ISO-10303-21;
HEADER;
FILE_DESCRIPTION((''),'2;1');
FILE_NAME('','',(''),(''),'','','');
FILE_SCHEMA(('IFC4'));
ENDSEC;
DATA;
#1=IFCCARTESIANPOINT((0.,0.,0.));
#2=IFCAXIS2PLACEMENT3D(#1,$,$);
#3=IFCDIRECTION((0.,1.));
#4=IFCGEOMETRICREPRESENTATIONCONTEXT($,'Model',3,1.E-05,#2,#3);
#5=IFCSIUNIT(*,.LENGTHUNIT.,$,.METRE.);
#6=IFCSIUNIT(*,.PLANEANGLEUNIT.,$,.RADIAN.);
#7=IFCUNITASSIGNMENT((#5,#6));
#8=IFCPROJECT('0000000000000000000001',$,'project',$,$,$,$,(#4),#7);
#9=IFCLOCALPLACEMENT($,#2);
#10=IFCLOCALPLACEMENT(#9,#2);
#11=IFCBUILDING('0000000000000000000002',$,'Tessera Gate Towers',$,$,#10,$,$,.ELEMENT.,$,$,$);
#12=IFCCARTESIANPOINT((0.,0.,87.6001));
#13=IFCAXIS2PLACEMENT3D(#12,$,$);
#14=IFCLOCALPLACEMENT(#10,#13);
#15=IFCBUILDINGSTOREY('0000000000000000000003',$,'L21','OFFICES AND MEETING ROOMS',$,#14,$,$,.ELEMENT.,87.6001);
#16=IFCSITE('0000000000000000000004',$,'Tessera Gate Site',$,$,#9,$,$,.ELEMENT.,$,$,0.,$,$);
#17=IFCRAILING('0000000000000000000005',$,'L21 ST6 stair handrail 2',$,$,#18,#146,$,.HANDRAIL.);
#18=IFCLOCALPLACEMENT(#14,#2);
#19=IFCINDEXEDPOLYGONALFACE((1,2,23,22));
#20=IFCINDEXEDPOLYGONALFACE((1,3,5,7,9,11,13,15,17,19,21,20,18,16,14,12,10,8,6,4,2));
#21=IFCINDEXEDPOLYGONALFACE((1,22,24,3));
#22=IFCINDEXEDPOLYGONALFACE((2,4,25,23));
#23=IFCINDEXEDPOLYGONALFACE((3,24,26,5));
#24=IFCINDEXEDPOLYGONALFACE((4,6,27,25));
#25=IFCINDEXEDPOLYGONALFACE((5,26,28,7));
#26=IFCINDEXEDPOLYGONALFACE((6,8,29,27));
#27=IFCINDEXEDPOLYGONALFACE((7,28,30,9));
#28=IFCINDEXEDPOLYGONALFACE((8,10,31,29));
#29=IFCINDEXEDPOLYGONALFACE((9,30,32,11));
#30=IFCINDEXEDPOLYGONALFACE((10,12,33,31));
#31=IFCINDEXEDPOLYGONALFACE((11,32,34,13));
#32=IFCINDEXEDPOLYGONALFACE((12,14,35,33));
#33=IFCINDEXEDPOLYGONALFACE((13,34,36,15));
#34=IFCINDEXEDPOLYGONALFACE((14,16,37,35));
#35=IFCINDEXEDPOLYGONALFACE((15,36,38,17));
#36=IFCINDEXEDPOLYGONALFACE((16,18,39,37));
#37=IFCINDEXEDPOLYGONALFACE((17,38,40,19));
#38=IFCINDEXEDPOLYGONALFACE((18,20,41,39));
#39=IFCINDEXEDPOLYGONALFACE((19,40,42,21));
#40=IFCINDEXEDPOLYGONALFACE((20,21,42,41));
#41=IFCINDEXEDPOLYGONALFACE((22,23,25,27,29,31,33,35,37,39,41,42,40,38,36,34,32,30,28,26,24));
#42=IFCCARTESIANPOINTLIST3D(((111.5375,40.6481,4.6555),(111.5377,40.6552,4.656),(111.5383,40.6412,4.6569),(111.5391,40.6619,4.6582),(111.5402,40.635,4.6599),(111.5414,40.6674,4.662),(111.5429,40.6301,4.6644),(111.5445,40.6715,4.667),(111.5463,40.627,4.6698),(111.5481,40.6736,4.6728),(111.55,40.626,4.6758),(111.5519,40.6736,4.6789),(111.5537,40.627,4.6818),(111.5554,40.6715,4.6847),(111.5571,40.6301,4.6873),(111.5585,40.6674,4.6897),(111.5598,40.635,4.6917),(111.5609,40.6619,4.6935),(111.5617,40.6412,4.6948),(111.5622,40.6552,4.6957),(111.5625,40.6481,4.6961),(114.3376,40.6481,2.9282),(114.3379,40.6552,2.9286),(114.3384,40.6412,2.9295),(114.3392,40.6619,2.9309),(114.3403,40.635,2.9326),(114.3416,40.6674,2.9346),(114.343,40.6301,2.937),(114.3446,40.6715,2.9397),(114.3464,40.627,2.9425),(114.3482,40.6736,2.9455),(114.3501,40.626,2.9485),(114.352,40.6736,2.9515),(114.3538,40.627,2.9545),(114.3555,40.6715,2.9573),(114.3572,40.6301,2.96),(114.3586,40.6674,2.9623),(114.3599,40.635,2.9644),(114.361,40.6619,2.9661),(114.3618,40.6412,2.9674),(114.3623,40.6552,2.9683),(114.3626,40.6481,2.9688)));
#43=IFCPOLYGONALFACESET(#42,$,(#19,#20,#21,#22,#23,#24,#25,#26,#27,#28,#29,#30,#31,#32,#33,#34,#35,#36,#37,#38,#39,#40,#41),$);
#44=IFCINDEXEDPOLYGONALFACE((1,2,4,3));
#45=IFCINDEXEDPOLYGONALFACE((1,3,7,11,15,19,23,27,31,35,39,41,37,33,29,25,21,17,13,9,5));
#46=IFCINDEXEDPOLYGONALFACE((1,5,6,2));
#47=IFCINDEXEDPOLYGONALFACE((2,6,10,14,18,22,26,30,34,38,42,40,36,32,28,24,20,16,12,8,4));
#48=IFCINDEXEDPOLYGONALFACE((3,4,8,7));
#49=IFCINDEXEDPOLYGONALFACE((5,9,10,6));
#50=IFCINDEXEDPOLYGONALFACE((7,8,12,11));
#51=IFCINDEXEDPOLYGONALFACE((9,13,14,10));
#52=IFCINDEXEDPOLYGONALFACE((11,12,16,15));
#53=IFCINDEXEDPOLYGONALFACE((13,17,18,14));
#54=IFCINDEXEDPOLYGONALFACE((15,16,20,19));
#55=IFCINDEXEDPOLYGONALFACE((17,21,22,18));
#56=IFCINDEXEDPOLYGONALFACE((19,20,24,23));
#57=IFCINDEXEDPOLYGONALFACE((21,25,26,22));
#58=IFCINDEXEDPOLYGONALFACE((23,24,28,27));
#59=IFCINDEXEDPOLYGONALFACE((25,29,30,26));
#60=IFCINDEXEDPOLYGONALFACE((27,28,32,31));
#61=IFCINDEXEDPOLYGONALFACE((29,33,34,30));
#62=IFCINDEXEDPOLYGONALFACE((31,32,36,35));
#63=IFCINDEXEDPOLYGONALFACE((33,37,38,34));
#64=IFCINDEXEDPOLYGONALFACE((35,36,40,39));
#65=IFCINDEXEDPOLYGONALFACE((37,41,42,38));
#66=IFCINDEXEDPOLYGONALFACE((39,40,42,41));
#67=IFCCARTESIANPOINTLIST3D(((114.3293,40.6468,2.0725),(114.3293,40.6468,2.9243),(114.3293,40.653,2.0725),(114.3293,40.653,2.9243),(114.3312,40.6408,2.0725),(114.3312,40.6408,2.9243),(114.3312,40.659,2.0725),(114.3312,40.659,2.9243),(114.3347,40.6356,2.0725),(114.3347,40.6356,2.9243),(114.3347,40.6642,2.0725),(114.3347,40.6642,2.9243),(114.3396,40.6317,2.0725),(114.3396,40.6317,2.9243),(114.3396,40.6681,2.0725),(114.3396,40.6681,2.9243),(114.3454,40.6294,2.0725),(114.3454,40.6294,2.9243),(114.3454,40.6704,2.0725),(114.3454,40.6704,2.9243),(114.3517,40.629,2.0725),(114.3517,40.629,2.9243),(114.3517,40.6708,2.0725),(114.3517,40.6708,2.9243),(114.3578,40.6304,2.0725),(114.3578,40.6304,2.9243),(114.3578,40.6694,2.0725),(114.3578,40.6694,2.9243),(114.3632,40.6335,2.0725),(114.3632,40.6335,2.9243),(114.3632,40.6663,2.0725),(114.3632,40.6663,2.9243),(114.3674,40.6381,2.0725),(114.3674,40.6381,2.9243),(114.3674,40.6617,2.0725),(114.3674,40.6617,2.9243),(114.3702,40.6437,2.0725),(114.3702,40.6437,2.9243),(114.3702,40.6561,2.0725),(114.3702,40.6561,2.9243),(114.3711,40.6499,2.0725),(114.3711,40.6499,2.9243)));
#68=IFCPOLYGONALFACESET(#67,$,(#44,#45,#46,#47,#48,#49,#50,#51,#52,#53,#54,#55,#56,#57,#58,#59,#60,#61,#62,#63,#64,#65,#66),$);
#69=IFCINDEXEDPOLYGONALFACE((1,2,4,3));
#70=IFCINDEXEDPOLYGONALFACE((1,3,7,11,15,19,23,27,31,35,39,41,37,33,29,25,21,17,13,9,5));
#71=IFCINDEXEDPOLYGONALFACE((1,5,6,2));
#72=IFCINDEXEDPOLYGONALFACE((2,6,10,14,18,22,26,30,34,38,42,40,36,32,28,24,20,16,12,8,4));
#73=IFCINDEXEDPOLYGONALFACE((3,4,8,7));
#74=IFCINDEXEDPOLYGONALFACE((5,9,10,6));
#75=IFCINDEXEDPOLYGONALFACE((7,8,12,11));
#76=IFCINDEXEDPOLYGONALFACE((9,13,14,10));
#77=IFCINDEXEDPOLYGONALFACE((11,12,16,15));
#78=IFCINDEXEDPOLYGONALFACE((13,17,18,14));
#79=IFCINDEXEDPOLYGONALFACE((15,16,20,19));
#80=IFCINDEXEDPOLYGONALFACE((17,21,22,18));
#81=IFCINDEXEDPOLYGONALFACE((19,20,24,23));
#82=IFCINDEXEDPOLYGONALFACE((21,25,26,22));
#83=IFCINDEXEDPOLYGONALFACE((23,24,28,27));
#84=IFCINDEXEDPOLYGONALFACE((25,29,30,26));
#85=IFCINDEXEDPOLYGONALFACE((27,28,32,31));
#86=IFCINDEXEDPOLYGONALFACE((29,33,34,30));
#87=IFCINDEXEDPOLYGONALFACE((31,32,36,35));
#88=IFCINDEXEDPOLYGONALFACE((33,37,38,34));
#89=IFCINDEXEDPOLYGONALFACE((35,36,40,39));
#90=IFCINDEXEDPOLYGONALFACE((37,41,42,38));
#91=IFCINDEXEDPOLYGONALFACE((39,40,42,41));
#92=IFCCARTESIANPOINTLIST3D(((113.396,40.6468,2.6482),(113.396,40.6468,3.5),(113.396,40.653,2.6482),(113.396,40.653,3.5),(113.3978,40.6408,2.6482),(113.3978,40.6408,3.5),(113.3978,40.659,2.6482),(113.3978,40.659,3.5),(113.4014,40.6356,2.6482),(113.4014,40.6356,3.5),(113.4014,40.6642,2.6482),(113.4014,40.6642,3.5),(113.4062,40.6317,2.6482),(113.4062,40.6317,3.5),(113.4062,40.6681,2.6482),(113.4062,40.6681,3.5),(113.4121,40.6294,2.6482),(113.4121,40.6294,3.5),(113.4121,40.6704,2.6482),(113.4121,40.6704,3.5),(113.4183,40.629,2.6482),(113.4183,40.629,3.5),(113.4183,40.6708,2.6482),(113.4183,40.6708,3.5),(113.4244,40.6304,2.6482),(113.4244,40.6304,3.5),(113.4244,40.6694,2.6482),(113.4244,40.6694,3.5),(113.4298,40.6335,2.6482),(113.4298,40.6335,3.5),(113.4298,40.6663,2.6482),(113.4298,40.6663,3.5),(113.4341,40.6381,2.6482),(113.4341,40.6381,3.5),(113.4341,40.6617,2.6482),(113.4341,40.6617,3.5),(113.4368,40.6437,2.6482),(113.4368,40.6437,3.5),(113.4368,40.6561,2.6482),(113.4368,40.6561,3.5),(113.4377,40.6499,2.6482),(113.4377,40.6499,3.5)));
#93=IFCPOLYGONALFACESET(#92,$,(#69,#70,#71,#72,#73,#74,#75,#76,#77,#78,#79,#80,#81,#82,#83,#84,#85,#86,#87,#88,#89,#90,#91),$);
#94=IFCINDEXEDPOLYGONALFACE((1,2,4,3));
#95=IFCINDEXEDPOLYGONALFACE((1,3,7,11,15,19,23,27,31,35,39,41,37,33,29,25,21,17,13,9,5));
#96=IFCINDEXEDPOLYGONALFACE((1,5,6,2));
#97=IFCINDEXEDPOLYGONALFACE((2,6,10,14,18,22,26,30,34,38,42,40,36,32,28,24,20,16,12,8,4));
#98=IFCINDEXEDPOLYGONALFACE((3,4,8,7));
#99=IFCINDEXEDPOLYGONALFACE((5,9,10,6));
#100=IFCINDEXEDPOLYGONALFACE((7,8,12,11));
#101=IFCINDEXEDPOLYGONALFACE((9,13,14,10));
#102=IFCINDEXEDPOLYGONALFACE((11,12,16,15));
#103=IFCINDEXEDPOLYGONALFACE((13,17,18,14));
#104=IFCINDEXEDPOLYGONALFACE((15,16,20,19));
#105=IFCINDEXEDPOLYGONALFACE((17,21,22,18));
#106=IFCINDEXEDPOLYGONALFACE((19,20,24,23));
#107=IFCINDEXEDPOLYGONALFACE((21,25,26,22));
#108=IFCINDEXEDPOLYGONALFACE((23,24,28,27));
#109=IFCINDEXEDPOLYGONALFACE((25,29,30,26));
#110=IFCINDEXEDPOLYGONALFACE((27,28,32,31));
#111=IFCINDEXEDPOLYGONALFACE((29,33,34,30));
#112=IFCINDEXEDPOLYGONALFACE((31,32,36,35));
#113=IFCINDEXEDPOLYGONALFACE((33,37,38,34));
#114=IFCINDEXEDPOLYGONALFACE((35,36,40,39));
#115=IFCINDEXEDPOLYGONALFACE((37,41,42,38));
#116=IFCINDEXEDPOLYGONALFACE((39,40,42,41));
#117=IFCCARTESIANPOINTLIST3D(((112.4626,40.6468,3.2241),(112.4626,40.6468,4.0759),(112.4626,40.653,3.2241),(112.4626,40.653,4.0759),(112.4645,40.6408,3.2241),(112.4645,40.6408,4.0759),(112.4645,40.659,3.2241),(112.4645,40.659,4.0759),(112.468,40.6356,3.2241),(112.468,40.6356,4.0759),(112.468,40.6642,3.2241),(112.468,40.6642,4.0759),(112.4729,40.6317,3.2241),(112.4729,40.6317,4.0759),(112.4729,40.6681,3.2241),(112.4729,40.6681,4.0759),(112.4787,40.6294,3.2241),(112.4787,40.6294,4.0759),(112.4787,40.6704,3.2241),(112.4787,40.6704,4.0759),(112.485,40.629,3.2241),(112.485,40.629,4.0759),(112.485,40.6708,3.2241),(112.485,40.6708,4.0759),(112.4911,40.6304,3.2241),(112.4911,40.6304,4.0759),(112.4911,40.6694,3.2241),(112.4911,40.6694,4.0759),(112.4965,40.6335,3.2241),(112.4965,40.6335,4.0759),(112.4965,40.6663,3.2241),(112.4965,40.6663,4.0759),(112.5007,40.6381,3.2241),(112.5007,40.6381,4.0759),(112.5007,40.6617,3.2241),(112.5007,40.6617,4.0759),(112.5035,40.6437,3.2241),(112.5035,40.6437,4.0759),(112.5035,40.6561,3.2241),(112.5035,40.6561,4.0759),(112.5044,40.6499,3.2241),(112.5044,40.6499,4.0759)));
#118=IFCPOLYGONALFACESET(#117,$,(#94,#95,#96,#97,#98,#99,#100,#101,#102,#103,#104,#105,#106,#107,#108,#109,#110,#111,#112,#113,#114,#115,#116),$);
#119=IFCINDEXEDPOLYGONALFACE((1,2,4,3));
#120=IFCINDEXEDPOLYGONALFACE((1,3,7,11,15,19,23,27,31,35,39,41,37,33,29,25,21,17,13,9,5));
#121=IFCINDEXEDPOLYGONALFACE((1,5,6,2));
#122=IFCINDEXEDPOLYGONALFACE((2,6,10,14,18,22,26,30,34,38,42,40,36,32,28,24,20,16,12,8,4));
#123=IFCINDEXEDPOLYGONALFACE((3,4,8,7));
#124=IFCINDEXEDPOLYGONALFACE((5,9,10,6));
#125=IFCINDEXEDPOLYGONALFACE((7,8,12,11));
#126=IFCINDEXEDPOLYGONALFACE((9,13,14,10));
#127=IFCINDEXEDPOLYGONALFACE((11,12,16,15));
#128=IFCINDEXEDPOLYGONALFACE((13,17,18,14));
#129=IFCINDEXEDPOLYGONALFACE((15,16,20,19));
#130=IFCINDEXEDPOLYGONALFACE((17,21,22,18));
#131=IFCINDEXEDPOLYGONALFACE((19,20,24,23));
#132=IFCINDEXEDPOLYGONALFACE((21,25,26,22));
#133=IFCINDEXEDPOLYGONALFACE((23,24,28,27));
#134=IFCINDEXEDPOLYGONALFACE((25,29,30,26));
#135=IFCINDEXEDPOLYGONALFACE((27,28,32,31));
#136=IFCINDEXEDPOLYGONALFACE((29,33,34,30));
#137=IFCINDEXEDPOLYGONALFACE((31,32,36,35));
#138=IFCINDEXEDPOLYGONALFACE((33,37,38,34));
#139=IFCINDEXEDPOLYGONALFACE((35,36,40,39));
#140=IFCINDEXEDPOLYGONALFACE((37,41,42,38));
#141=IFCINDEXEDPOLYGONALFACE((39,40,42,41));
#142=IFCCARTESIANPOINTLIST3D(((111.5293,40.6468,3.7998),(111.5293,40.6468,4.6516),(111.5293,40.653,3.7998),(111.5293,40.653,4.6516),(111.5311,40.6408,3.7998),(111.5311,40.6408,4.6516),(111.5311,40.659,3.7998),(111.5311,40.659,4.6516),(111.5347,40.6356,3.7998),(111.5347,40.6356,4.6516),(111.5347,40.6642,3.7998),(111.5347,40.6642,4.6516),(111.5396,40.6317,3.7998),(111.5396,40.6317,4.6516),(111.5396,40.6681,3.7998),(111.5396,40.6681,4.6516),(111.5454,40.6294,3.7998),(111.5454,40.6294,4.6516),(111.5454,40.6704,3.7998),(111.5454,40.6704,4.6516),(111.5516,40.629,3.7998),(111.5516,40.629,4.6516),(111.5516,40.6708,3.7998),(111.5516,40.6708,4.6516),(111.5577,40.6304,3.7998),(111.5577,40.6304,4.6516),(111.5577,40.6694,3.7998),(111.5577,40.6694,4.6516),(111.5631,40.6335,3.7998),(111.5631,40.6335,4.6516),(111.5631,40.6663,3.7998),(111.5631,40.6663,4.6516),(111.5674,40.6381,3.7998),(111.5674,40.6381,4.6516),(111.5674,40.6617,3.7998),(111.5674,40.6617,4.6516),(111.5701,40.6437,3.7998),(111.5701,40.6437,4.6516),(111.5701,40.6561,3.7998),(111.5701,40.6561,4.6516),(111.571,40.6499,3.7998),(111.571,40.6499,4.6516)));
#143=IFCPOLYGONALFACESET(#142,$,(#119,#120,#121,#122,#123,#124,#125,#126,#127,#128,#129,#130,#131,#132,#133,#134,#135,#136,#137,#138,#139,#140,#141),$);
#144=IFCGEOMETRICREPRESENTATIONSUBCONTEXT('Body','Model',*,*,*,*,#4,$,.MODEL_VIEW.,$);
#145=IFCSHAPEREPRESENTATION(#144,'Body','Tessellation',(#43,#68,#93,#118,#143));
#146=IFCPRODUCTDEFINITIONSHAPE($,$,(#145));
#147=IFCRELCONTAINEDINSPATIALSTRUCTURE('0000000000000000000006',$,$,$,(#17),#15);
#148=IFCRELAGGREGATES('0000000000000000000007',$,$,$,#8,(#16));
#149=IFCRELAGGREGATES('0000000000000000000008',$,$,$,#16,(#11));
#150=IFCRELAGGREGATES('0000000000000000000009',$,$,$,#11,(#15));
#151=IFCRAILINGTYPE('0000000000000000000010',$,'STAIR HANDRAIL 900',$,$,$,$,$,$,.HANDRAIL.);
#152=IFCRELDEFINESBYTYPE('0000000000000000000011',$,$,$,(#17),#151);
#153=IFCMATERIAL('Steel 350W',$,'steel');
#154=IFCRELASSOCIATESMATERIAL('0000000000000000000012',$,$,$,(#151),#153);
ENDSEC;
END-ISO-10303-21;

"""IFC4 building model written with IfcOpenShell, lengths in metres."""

from ifc_helpers import new_model, si_unit, direction, frame, origin, origin_2d, place, context, subcontext, project, spatial, circle, extrude, material, type_object, element, save


model = new_model("IFC4")

# Units and contexts
model_context = context("Model", 3, precision=1e-05, world=origin(), true_north=direction((0.0, 1.0)))
body_context = subcontext(model_context, "Body", "Model", "MODEL_VIEW")
ifc_project = project(units=[si_unit("LENGTHUNIT", "METRE"), si_unit("PLANEANGLEUNIT", "RADIAN")], contexts=[model_context])

# Site, building, storey
site_placement = place(None, origin())
site = spatial("IfcSite", under=ifc_project, at=site_placement, Name="Tessera Gate Site", CompositionType="ELEMENT", RefElevation=0.0)
building_placement = place(site_placement, origin())
building = spatial("IfcBuilding", under=site, at=building_placement, Name="Tessera Gate Towers", CompositionType="ELEMENT")
storey_placement = place(building_placement, frame((0.0, 0.0, 87.6001)))
storey = spatial("IfcBuildingStorey", under=building, at=storey_placement, Name="L21", Description="OFFICES AND MEETING ROOMS", CompositionType="ELEMENT", Elevation=87.6001)

# Railing
ifc_material_1 = material(Name="Steel 350W", Category="steel")
railing_type = type_object("IfcRailingType", Name="STAIR HANDRAIL 900", PredefinedType="HANDRAIL", material=ifc_material_1)
railing_placement = place(storey_placement, frame((114.3501, 40.6499, 2.0725)))
element("IfcRailing", 1, at=railing_placement, inside=storey, type_object=railing_type, Name="L21 ST6 stair handrail 2", PredefinedType="HANDRAIL", context=body_context, shape_type="SweptSolid", body=[
    extrude(circle(Radius=0.0239, at=origin_2d()), frame((0.0, 0.0, 0.876), z_axis=(-0.85109, 0.0, 0.52502), x_axis=(0.0, -1.0, 0.0)), (0.0, 0.0, 1.0), 3.29),
    extrude(circle(Radius=0.021, at=origin_2d()), origin(), (0.0, 0.0, 1.0), 0.8518),
    extrude(circle(Radius=0.021, at=origin_2d()), frame((-0.9333, 0.0, 0.5757)), (0.0, 0.0, 1.0), 0.8518),
    extrude(circle(Radius=0.021, at=origin_2d()), frame((-1.8667, 0.0, 1.1516)), (0.0, 0.0, 1.0), 0.8518),
    extrude(circle(Radius=0.021, at=origin_2d()), frame((-2.8, 0.0, 1.7273)), (0.0, 0.0, 1.0), 0.8518),
])

save(model, "model.ifc")
